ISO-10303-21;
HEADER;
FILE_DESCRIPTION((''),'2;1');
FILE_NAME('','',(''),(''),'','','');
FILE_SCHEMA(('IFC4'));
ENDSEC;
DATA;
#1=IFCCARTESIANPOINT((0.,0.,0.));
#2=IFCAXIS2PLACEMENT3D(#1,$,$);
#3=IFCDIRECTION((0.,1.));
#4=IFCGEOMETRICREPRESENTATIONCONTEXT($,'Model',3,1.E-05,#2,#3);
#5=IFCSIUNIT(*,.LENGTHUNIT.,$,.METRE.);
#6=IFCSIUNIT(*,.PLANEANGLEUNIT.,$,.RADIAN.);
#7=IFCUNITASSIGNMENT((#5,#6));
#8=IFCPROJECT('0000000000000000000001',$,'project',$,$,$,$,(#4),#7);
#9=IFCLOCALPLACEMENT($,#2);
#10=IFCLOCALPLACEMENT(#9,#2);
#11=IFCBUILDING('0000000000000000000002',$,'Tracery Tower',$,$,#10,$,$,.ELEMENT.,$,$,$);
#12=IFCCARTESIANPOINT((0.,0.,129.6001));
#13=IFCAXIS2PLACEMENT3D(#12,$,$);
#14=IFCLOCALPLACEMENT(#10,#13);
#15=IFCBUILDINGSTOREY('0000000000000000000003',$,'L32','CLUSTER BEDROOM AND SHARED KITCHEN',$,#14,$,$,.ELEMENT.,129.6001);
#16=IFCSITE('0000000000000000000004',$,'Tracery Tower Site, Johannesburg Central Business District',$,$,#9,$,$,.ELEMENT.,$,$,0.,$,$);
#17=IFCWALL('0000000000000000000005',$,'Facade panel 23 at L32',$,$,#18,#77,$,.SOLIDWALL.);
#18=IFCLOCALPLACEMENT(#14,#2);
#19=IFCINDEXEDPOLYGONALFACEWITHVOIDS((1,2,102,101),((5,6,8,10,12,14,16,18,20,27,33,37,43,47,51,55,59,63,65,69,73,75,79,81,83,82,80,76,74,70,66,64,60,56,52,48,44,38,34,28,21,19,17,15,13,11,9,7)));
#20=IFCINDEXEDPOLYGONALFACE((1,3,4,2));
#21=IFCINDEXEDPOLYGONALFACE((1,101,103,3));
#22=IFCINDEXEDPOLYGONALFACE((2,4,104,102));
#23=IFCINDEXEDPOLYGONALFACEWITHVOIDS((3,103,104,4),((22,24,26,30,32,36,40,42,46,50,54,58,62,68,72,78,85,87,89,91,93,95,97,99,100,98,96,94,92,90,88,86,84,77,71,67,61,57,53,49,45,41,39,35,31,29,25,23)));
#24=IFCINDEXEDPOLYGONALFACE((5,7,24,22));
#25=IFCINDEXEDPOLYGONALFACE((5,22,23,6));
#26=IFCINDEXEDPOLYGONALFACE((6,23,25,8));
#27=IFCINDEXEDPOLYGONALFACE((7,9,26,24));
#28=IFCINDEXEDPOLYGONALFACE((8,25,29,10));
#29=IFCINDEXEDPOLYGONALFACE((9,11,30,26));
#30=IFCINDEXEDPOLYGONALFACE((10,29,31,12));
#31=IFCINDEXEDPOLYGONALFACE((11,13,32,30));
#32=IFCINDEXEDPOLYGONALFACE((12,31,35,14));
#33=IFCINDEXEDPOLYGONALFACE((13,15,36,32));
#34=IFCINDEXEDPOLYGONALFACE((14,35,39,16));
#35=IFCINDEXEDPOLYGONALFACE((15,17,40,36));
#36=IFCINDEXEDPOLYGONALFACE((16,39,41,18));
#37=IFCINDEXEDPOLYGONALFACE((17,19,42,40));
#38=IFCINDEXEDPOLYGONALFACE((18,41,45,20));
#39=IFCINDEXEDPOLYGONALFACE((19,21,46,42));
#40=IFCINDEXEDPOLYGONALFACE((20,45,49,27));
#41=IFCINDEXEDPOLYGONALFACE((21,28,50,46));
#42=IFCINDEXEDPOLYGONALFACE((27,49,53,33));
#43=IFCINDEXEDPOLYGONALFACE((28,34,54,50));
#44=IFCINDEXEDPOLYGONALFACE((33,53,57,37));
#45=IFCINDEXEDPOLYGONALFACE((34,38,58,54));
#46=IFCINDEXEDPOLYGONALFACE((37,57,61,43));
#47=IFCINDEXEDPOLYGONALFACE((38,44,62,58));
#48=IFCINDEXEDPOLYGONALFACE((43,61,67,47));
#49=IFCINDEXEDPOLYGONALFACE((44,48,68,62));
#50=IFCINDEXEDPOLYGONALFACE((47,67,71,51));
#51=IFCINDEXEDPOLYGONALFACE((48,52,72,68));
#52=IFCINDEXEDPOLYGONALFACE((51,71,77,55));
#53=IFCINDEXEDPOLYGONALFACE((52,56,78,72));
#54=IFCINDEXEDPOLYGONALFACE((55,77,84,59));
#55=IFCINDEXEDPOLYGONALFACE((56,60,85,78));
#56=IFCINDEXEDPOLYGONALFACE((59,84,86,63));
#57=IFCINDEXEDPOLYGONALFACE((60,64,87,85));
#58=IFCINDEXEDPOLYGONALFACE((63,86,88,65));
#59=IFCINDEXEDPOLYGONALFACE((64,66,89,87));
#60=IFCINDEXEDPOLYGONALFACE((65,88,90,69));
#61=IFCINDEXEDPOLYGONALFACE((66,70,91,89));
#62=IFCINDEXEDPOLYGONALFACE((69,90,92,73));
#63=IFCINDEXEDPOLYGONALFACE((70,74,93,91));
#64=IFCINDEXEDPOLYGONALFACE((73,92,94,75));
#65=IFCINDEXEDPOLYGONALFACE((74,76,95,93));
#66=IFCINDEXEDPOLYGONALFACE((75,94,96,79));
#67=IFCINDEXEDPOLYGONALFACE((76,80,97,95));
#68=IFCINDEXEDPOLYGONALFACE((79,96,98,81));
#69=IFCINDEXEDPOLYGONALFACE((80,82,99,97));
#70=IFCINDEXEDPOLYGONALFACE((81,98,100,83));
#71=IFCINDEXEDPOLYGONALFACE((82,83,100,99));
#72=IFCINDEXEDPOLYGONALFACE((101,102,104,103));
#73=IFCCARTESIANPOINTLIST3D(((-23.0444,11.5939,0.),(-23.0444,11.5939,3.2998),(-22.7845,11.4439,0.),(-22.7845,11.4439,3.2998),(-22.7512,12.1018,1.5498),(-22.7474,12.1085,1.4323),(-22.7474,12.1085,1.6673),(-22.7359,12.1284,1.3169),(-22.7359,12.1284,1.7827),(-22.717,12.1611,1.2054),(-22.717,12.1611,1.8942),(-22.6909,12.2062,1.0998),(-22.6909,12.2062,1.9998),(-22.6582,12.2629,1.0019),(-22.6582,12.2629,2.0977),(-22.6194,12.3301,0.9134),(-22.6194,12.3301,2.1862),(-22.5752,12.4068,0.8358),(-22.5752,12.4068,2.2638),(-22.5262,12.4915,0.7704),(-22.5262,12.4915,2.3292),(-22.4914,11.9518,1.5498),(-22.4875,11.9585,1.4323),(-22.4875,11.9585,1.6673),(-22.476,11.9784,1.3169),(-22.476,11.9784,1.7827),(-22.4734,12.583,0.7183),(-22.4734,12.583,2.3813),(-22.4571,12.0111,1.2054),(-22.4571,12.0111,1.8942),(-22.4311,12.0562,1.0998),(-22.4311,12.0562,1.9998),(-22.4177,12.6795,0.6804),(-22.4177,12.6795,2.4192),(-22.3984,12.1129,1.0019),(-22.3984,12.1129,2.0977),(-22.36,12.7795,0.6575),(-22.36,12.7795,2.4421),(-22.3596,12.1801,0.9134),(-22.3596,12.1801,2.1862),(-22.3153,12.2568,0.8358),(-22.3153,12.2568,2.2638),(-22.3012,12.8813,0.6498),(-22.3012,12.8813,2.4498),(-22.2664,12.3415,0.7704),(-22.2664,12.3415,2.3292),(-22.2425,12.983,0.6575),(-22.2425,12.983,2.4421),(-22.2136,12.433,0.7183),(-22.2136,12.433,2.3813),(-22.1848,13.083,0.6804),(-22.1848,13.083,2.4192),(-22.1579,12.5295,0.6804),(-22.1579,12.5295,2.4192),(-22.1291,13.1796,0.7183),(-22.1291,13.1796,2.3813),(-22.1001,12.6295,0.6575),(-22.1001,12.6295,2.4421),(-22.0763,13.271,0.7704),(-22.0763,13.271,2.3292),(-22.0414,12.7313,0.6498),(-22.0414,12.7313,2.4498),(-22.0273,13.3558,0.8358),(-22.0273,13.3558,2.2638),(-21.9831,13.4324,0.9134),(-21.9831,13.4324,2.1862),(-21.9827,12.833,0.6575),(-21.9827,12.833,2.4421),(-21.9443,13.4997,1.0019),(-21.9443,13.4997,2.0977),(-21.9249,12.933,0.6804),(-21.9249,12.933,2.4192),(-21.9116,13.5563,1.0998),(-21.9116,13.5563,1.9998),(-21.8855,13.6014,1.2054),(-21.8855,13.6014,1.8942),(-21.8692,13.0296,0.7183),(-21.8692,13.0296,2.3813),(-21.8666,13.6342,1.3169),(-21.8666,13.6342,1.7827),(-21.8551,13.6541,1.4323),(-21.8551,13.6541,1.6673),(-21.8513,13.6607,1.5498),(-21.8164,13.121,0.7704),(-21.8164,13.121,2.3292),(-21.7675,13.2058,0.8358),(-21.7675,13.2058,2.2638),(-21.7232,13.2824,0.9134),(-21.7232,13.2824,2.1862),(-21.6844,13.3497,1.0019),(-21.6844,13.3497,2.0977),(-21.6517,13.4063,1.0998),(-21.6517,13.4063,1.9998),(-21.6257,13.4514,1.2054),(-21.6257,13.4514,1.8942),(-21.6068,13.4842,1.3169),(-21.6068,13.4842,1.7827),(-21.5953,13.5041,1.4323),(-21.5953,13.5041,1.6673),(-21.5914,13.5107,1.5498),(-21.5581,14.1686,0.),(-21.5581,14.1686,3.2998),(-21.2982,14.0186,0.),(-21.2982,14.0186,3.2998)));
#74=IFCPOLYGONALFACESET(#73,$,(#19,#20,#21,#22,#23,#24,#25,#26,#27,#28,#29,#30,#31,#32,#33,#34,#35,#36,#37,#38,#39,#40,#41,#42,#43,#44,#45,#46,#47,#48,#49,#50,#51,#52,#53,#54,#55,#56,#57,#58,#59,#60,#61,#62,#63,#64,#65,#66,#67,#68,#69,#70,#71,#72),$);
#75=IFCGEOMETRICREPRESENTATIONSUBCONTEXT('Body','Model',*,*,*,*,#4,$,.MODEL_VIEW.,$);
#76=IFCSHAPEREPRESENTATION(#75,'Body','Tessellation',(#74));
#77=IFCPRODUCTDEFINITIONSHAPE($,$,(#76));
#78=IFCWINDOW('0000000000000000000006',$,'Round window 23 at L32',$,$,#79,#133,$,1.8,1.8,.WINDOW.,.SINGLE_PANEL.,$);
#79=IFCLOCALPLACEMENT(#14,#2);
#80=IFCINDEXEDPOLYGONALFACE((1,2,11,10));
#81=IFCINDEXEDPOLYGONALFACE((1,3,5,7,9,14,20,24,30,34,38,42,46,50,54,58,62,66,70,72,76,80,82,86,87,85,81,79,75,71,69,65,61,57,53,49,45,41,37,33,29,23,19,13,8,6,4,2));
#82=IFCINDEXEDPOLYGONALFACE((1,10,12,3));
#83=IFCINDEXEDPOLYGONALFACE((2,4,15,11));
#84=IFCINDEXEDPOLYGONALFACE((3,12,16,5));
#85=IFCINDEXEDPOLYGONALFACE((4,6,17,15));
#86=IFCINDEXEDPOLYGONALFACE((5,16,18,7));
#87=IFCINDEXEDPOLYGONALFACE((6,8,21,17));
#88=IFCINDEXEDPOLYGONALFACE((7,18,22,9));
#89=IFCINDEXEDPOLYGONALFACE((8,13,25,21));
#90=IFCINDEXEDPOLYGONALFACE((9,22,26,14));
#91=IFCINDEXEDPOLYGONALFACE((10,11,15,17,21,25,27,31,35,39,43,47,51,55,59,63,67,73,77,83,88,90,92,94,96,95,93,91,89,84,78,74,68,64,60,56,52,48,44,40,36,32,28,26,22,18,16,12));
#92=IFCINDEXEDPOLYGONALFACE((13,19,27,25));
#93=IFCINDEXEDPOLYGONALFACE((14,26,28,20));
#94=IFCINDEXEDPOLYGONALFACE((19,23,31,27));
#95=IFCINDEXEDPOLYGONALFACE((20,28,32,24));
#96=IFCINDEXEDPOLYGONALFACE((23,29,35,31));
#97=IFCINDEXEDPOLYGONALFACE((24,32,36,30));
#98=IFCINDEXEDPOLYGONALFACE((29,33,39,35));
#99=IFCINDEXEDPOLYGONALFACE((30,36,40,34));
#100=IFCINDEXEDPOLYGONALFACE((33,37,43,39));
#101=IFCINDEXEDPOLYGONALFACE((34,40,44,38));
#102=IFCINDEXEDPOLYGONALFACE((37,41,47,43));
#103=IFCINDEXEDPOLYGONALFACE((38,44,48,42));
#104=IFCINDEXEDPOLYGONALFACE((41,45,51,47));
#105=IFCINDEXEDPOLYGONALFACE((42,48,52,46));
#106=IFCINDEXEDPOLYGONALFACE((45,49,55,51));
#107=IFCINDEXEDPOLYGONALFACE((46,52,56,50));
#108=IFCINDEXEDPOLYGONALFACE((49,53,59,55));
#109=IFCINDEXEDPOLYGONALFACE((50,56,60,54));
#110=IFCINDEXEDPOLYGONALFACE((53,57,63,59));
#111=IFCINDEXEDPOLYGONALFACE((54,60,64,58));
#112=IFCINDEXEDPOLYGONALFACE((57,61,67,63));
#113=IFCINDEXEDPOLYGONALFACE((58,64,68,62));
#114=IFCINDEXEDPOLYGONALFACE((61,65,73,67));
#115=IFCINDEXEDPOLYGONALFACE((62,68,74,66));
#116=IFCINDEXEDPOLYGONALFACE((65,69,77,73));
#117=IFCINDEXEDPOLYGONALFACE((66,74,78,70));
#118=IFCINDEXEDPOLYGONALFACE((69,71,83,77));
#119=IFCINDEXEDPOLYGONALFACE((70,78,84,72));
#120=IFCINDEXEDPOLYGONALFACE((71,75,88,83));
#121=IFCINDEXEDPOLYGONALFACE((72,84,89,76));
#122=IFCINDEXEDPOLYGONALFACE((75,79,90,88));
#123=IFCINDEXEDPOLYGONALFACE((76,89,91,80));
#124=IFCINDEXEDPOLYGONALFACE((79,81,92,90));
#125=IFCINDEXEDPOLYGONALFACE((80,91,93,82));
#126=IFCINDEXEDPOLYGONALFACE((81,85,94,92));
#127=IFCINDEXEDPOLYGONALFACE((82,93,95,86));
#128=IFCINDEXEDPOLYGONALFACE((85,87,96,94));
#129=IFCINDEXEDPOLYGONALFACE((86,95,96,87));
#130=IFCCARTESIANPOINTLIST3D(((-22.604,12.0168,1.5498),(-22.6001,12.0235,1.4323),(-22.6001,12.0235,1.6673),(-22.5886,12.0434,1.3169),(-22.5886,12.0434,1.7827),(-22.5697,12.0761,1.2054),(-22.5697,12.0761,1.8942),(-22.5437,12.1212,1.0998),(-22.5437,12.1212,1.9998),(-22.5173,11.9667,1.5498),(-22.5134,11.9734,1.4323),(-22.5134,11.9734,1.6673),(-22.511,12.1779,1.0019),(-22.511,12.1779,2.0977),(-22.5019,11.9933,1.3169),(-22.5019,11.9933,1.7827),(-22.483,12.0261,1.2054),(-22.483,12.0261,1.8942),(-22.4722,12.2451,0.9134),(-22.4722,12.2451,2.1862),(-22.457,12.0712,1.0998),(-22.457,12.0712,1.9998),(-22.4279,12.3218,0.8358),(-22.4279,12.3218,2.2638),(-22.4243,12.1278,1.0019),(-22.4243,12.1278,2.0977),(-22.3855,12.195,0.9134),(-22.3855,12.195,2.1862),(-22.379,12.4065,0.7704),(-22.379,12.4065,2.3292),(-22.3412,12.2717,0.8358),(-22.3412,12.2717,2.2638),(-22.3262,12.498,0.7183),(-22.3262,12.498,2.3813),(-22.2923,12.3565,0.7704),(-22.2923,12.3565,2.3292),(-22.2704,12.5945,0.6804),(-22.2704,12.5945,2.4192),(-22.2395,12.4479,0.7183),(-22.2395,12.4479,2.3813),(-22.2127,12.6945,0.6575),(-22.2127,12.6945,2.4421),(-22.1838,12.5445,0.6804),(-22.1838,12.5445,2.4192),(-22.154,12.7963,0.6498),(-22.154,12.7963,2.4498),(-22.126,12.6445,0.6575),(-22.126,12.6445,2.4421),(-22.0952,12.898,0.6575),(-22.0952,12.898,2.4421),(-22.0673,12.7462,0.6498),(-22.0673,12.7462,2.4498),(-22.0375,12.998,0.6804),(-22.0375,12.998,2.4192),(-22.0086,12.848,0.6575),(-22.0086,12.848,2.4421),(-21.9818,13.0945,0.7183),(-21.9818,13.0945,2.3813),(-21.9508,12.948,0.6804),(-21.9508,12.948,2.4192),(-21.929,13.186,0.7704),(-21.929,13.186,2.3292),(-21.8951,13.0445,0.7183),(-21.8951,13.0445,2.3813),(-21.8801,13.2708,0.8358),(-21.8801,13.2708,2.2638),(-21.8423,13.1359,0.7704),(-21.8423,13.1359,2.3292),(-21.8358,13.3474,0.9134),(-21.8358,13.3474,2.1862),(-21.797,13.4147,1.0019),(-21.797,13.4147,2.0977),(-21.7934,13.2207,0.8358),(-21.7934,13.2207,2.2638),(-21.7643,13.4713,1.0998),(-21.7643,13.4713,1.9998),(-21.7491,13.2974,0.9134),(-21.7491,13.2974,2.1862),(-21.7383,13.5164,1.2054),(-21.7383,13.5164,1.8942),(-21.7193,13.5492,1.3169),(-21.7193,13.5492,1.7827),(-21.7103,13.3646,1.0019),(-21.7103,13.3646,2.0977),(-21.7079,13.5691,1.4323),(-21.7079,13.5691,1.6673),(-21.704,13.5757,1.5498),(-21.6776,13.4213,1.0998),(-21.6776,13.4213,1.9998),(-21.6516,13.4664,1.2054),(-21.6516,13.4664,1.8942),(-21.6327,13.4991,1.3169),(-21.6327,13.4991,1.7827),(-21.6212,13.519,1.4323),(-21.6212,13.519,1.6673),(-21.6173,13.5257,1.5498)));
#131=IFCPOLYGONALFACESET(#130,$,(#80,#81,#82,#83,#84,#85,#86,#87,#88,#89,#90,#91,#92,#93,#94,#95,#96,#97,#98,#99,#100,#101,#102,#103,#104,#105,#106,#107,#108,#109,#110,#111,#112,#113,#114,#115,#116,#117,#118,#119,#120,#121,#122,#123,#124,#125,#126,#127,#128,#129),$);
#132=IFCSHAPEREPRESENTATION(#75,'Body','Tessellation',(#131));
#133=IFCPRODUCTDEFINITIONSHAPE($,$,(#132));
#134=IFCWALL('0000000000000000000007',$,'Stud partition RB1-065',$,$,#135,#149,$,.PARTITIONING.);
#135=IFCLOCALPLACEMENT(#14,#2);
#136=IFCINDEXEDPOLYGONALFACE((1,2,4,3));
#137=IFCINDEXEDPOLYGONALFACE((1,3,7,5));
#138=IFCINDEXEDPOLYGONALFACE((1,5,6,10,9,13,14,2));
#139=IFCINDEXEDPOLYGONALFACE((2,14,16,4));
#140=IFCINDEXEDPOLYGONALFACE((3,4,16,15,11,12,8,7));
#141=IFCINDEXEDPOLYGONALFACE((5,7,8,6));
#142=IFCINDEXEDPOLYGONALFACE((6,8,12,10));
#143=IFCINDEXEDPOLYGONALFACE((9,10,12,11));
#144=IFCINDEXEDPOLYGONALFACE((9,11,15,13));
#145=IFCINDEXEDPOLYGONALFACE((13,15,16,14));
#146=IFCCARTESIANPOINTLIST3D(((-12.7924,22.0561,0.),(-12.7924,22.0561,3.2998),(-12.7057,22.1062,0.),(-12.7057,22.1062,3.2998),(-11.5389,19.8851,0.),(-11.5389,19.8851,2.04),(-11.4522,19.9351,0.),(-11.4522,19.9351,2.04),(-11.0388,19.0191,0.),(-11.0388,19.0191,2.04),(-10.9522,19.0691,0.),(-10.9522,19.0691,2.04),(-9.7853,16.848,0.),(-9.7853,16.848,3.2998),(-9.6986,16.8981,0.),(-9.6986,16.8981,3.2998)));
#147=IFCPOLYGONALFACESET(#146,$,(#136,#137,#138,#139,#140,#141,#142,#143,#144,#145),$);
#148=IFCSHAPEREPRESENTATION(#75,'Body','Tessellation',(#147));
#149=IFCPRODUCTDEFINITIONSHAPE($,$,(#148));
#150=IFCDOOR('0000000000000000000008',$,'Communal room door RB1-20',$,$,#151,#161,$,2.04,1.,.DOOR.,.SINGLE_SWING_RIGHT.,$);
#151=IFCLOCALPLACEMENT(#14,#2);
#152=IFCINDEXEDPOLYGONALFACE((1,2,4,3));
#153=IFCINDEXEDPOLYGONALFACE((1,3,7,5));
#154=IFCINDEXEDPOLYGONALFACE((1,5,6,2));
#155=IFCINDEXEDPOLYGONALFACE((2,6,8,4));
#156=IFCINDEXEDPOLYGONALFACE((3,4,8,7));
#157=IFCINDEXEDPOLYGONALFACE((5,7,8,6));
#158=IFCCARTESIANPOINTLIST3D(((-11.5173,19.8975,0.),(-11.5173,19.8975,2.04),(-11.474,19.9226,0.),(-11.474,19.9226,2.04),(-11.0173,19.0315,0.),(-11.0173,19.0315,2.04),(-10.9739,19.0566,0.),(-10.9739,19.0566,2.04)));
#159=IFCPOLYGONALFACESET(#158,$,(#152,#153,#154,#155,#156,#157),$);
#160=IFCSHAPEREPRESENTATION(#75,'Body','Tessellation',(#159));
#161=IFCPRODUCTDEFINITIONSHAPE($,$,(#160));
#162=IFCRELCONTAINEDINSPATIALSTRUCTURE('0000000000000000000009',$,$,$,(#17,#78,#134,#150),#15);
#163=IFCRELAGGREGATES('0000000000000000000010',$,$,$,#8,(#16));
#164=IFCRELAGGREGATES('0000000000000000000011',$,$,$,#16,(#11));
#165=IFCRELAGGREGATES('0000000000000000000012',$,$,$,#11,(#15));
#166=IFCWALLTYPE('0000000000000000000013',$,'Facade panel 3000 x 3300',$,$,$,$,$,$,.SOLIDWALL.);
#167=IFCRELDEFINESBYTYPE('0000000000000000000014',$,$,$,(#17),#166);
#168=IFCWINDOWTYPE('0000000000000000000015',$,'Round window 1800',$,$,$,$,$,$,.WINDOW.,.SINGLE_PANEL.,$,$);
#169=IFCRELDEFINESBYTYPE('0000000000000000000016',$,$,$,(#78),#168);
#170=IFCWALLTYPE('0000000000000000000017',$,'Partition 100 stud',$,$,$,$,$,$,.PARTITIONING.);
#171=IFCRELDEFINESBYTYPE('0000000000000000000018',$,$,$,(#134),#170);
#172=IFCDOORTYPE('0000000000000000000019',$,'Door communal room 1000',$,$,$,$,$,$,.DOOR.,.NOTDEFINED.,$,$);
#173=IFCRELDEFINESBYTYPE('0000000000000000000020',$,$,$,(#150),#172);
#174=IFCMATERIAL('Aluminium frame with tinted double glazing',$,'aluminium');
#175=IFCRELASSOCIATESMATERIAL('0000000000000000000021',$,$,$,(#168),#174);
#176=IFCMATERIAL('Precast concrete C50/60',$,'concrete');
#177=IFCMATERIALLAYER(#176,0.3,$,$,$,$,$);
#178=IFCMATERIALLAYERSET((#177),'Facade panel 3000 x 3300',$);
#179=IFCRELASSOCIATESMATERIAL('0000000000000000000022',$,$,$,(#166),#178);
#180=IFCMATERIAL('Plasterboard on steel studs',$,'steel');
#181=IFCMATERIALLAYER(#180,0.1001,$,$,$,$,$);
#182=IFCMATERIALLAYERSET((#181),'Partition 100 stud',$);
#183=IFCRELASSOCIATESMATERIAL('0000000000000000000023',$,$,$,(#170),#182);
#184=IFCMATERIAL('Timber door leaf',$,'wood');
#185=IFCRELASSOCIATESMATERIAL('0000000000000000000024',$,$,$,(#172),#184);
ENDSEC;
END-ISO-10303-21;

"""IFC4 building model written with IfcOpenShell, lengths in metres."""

from ifc_helpers import new_model, si_unit, direction, frame, frame_2d, origin, origin_2d, place, context, subcontext, project, spatial, rectangle, circle, extrude, material, layer, layer_set, type_object, element, fill, save


model = new_model("IFC4")

# Units and contexts
model_context = context("Model", 3, precision=1e-05, world=origin(), true_north=direction((0.0, 1.0)))
body_context = subcontext(model_context, "Body", "Model", "MODEL_VIEW")
ifc_project = project(units=[si_unit("LENGTHUNIT", "METRE"), si_unit("PLANEANGLEUNIT", "RADIAN")], contexts=[model_context])

# Site, building, storey
site_placement = place(None, origin())
site = spatial("IfcSite", under=ifc_project, at=site_placement, Name="Tracery Tower Site, Johannesburg Central Business District", CompositionType="ELEMENT", RefElevation=0.0)
building_placement = place(site_placement, origin())
building = spatial("IfcBuilding", under=site, at=building_placement, Name="Tracery Tower", CompositionType="ELEMENT")
storey_placement = place(building_placement, frame((0.0, 0.0, 129.6001)))
storey = spatial("IfcBuildingStorey", under=building, at=storey_placement, Name="L32", Description="CLUSTER BEDROOM AND SHARED KITCHEN", CompositionType="ELEMENT", Elevation=129.6001)

# Wall, opening, window
ifc_material_1 = material(Name="Aluminium frame with tinted double glazing", Category="aluminium")
window_type = type_object("IfcWindowType", Name="Round window 1800", PartitioningType="SINGLE_PANEL", PredefinedType="WINDOW", material=ifc_material_1)
ifc_material_2 = material(Name="Precast concrete C50/60", Category="concrete")
ifc_layer_1 = layer(ifc_material_2, 0.3)
ifc_layer_set_1 = layer_set([ifc_layer_1], Name="Facade panel 3000 x 3300")
wall_type_1 = type_object("IfcWallType", Name="Facade panel 3000 x 3300", PredefinedType="SOLIDWALL", material=ifc_layer_set_1)
wall_1_placement = place(storey_placement, frame((-21.4282, 14.0935, 0.0), z_axis=(0.0, 0.0, 1.0), x_axis=(-0.499955, -0.866052, 0.0)))
wall_1 = element("IfcWall", 1, at=wall_1_placement, inside=storey, type_object=wall_type_1, Name="Facade panel 23 at L32", PredefinedType="SOLIDWALL", context=body_context, shape_type="SweptSolid", body=[
    extrude(rectangle(XDim=2.9729, YDim=0.3, at=frame_2d((1.4863, 0.0))), origin(), (0.0, 0.0, 1.0), 3.2998),
])
opening_1_placement = place(wall_1_placement, frame((1.4863, 0.0, 1.5498)))
opening_1 = element("IfcOpeningElement", 2, at=opening_1_placement, cuts=wall_1, PredefinedType="OPENING", context=body_context, shape_type="SweptSolid", body=[
    extrude(circle(Radius=0.9, at=origin_2d()), frame((0.0, 0.1599, 0.0), z_axis=(0.0, -1.0, 0.0), x_axis=(1.0, 0.0, 0.0)), (0.0, 0.0, 1.0), 0.3201),
])
window_1_placement = place(opening_1_placement, origin())
window_1 = element("IfcWindow", 3, at=window_1_placement, inside=storey, type_object=window_type, Name="Round window 23 at L32", OverallHeight=1.8, OverallWidth=1.8, PartitioningType="SINGLE_PANEL", PredefinedType="WINDOW", context=body_context, shape_type="SweptSolid", body=[
    extrude(circle(Radius=0.9, at=origin_2d()), frame((0.0, 0.1201, 0.0), z_axis=(0.0, -1.0, 0.0), x_axis=(1.0, 0.0, 0.0)), (0.0, 0.0, 1.0), 0.1001),
])
fill(opening_1, window_1)

# Wall, opening, door
ifc_material_3 = material(Name="Plasterboard on steel studs", Category="steel")
ifc_layer_2 = layer(ifc_material_3, 0.1001)
ifc_layer_set_2 = layer_set([ifc_layer_2], Name="Partition 100 stud")
wall_type_2 = type_object("IfcWallType", Name="Partition 100 stud", PredefinedType="PARTITIONING", material=ifc_layer_set_2)
wall_2_placement = place(storey_placement, frame((-12.749, 22.0811, 0.0), z_axis=(0.0, 0.0, 1.0), x_axis=(0.500029, -0.866008, 0.0)))
wall_2 = element("IfcWall", 4, at=wall_2_placement, inside=storey, type_object=wall_type_2, Name="Stud partition RB1-065", PredefinedType="PARTITIONING", context=body_context, shape_type="SweptSolid", body=[
    extrude(rectangle(XDim=6.0139, YDim=0.1001, at=frame_2d((3.0068, 0.0))), origin(), (0.0, 0.0, 1.0), 3.2998),
])
opening_2_placement = place(wall_2_placement, frame((2.5068, 0.0, 0.0)))
opening_2 = element("IfcOpeningElement", 5, at=opening_2_placement, cuts=wall_2, PredefinedType="OPENING", context=body_context, shape_type="SweptSolid", body=[
    extrude(rectangle(XDim=1.0, YDim=2.04, at=frame_2d((0.5, 1.02))), frame((0.0, 0.05, 0.0), z_axis=(0.0, -1.0, 0.0), x_axis=(1.0, 0.0, 0.0)), (0.0, 0.0, 1.0), 0.1001),
])
ifc_material_4 = material(Name="Timber door leaf", Category="wood")
door_type_1 = type_object("IfcDoorType", Name="Door communal room 1000", OperationType="NOTDEFINED", PredefinedType="DOOR", material=ifc_material_4)
door_1_placement = place(opening_2_placement, origin())
door_1 = element("IfcDoor", 6, at=door_1_placement, inside=storey, type_object=door_type_1, Name="Communal room door RB1-20", OperationType="SINGLE_SWING_RIGHT", OverallHeight=2.04, OverallWidth=1.0, PredefinedType="DOOR", context=body_context, shape_type="SweptSolid", body=[
    extrude(rectangle(XDim=1.0, YDim=2.04, at=frame_2d((0.5, 1.02))), frame((0.0, 0.0249, 0.0), z_axis=(0.0, -1.0, 0.0), x_axis=(1.0, 0.0, 0.0)), (0.0, 0.0, 1.0), 0.05),
])
fill(opening_2, door_1)

save(model, "model.ifc")
